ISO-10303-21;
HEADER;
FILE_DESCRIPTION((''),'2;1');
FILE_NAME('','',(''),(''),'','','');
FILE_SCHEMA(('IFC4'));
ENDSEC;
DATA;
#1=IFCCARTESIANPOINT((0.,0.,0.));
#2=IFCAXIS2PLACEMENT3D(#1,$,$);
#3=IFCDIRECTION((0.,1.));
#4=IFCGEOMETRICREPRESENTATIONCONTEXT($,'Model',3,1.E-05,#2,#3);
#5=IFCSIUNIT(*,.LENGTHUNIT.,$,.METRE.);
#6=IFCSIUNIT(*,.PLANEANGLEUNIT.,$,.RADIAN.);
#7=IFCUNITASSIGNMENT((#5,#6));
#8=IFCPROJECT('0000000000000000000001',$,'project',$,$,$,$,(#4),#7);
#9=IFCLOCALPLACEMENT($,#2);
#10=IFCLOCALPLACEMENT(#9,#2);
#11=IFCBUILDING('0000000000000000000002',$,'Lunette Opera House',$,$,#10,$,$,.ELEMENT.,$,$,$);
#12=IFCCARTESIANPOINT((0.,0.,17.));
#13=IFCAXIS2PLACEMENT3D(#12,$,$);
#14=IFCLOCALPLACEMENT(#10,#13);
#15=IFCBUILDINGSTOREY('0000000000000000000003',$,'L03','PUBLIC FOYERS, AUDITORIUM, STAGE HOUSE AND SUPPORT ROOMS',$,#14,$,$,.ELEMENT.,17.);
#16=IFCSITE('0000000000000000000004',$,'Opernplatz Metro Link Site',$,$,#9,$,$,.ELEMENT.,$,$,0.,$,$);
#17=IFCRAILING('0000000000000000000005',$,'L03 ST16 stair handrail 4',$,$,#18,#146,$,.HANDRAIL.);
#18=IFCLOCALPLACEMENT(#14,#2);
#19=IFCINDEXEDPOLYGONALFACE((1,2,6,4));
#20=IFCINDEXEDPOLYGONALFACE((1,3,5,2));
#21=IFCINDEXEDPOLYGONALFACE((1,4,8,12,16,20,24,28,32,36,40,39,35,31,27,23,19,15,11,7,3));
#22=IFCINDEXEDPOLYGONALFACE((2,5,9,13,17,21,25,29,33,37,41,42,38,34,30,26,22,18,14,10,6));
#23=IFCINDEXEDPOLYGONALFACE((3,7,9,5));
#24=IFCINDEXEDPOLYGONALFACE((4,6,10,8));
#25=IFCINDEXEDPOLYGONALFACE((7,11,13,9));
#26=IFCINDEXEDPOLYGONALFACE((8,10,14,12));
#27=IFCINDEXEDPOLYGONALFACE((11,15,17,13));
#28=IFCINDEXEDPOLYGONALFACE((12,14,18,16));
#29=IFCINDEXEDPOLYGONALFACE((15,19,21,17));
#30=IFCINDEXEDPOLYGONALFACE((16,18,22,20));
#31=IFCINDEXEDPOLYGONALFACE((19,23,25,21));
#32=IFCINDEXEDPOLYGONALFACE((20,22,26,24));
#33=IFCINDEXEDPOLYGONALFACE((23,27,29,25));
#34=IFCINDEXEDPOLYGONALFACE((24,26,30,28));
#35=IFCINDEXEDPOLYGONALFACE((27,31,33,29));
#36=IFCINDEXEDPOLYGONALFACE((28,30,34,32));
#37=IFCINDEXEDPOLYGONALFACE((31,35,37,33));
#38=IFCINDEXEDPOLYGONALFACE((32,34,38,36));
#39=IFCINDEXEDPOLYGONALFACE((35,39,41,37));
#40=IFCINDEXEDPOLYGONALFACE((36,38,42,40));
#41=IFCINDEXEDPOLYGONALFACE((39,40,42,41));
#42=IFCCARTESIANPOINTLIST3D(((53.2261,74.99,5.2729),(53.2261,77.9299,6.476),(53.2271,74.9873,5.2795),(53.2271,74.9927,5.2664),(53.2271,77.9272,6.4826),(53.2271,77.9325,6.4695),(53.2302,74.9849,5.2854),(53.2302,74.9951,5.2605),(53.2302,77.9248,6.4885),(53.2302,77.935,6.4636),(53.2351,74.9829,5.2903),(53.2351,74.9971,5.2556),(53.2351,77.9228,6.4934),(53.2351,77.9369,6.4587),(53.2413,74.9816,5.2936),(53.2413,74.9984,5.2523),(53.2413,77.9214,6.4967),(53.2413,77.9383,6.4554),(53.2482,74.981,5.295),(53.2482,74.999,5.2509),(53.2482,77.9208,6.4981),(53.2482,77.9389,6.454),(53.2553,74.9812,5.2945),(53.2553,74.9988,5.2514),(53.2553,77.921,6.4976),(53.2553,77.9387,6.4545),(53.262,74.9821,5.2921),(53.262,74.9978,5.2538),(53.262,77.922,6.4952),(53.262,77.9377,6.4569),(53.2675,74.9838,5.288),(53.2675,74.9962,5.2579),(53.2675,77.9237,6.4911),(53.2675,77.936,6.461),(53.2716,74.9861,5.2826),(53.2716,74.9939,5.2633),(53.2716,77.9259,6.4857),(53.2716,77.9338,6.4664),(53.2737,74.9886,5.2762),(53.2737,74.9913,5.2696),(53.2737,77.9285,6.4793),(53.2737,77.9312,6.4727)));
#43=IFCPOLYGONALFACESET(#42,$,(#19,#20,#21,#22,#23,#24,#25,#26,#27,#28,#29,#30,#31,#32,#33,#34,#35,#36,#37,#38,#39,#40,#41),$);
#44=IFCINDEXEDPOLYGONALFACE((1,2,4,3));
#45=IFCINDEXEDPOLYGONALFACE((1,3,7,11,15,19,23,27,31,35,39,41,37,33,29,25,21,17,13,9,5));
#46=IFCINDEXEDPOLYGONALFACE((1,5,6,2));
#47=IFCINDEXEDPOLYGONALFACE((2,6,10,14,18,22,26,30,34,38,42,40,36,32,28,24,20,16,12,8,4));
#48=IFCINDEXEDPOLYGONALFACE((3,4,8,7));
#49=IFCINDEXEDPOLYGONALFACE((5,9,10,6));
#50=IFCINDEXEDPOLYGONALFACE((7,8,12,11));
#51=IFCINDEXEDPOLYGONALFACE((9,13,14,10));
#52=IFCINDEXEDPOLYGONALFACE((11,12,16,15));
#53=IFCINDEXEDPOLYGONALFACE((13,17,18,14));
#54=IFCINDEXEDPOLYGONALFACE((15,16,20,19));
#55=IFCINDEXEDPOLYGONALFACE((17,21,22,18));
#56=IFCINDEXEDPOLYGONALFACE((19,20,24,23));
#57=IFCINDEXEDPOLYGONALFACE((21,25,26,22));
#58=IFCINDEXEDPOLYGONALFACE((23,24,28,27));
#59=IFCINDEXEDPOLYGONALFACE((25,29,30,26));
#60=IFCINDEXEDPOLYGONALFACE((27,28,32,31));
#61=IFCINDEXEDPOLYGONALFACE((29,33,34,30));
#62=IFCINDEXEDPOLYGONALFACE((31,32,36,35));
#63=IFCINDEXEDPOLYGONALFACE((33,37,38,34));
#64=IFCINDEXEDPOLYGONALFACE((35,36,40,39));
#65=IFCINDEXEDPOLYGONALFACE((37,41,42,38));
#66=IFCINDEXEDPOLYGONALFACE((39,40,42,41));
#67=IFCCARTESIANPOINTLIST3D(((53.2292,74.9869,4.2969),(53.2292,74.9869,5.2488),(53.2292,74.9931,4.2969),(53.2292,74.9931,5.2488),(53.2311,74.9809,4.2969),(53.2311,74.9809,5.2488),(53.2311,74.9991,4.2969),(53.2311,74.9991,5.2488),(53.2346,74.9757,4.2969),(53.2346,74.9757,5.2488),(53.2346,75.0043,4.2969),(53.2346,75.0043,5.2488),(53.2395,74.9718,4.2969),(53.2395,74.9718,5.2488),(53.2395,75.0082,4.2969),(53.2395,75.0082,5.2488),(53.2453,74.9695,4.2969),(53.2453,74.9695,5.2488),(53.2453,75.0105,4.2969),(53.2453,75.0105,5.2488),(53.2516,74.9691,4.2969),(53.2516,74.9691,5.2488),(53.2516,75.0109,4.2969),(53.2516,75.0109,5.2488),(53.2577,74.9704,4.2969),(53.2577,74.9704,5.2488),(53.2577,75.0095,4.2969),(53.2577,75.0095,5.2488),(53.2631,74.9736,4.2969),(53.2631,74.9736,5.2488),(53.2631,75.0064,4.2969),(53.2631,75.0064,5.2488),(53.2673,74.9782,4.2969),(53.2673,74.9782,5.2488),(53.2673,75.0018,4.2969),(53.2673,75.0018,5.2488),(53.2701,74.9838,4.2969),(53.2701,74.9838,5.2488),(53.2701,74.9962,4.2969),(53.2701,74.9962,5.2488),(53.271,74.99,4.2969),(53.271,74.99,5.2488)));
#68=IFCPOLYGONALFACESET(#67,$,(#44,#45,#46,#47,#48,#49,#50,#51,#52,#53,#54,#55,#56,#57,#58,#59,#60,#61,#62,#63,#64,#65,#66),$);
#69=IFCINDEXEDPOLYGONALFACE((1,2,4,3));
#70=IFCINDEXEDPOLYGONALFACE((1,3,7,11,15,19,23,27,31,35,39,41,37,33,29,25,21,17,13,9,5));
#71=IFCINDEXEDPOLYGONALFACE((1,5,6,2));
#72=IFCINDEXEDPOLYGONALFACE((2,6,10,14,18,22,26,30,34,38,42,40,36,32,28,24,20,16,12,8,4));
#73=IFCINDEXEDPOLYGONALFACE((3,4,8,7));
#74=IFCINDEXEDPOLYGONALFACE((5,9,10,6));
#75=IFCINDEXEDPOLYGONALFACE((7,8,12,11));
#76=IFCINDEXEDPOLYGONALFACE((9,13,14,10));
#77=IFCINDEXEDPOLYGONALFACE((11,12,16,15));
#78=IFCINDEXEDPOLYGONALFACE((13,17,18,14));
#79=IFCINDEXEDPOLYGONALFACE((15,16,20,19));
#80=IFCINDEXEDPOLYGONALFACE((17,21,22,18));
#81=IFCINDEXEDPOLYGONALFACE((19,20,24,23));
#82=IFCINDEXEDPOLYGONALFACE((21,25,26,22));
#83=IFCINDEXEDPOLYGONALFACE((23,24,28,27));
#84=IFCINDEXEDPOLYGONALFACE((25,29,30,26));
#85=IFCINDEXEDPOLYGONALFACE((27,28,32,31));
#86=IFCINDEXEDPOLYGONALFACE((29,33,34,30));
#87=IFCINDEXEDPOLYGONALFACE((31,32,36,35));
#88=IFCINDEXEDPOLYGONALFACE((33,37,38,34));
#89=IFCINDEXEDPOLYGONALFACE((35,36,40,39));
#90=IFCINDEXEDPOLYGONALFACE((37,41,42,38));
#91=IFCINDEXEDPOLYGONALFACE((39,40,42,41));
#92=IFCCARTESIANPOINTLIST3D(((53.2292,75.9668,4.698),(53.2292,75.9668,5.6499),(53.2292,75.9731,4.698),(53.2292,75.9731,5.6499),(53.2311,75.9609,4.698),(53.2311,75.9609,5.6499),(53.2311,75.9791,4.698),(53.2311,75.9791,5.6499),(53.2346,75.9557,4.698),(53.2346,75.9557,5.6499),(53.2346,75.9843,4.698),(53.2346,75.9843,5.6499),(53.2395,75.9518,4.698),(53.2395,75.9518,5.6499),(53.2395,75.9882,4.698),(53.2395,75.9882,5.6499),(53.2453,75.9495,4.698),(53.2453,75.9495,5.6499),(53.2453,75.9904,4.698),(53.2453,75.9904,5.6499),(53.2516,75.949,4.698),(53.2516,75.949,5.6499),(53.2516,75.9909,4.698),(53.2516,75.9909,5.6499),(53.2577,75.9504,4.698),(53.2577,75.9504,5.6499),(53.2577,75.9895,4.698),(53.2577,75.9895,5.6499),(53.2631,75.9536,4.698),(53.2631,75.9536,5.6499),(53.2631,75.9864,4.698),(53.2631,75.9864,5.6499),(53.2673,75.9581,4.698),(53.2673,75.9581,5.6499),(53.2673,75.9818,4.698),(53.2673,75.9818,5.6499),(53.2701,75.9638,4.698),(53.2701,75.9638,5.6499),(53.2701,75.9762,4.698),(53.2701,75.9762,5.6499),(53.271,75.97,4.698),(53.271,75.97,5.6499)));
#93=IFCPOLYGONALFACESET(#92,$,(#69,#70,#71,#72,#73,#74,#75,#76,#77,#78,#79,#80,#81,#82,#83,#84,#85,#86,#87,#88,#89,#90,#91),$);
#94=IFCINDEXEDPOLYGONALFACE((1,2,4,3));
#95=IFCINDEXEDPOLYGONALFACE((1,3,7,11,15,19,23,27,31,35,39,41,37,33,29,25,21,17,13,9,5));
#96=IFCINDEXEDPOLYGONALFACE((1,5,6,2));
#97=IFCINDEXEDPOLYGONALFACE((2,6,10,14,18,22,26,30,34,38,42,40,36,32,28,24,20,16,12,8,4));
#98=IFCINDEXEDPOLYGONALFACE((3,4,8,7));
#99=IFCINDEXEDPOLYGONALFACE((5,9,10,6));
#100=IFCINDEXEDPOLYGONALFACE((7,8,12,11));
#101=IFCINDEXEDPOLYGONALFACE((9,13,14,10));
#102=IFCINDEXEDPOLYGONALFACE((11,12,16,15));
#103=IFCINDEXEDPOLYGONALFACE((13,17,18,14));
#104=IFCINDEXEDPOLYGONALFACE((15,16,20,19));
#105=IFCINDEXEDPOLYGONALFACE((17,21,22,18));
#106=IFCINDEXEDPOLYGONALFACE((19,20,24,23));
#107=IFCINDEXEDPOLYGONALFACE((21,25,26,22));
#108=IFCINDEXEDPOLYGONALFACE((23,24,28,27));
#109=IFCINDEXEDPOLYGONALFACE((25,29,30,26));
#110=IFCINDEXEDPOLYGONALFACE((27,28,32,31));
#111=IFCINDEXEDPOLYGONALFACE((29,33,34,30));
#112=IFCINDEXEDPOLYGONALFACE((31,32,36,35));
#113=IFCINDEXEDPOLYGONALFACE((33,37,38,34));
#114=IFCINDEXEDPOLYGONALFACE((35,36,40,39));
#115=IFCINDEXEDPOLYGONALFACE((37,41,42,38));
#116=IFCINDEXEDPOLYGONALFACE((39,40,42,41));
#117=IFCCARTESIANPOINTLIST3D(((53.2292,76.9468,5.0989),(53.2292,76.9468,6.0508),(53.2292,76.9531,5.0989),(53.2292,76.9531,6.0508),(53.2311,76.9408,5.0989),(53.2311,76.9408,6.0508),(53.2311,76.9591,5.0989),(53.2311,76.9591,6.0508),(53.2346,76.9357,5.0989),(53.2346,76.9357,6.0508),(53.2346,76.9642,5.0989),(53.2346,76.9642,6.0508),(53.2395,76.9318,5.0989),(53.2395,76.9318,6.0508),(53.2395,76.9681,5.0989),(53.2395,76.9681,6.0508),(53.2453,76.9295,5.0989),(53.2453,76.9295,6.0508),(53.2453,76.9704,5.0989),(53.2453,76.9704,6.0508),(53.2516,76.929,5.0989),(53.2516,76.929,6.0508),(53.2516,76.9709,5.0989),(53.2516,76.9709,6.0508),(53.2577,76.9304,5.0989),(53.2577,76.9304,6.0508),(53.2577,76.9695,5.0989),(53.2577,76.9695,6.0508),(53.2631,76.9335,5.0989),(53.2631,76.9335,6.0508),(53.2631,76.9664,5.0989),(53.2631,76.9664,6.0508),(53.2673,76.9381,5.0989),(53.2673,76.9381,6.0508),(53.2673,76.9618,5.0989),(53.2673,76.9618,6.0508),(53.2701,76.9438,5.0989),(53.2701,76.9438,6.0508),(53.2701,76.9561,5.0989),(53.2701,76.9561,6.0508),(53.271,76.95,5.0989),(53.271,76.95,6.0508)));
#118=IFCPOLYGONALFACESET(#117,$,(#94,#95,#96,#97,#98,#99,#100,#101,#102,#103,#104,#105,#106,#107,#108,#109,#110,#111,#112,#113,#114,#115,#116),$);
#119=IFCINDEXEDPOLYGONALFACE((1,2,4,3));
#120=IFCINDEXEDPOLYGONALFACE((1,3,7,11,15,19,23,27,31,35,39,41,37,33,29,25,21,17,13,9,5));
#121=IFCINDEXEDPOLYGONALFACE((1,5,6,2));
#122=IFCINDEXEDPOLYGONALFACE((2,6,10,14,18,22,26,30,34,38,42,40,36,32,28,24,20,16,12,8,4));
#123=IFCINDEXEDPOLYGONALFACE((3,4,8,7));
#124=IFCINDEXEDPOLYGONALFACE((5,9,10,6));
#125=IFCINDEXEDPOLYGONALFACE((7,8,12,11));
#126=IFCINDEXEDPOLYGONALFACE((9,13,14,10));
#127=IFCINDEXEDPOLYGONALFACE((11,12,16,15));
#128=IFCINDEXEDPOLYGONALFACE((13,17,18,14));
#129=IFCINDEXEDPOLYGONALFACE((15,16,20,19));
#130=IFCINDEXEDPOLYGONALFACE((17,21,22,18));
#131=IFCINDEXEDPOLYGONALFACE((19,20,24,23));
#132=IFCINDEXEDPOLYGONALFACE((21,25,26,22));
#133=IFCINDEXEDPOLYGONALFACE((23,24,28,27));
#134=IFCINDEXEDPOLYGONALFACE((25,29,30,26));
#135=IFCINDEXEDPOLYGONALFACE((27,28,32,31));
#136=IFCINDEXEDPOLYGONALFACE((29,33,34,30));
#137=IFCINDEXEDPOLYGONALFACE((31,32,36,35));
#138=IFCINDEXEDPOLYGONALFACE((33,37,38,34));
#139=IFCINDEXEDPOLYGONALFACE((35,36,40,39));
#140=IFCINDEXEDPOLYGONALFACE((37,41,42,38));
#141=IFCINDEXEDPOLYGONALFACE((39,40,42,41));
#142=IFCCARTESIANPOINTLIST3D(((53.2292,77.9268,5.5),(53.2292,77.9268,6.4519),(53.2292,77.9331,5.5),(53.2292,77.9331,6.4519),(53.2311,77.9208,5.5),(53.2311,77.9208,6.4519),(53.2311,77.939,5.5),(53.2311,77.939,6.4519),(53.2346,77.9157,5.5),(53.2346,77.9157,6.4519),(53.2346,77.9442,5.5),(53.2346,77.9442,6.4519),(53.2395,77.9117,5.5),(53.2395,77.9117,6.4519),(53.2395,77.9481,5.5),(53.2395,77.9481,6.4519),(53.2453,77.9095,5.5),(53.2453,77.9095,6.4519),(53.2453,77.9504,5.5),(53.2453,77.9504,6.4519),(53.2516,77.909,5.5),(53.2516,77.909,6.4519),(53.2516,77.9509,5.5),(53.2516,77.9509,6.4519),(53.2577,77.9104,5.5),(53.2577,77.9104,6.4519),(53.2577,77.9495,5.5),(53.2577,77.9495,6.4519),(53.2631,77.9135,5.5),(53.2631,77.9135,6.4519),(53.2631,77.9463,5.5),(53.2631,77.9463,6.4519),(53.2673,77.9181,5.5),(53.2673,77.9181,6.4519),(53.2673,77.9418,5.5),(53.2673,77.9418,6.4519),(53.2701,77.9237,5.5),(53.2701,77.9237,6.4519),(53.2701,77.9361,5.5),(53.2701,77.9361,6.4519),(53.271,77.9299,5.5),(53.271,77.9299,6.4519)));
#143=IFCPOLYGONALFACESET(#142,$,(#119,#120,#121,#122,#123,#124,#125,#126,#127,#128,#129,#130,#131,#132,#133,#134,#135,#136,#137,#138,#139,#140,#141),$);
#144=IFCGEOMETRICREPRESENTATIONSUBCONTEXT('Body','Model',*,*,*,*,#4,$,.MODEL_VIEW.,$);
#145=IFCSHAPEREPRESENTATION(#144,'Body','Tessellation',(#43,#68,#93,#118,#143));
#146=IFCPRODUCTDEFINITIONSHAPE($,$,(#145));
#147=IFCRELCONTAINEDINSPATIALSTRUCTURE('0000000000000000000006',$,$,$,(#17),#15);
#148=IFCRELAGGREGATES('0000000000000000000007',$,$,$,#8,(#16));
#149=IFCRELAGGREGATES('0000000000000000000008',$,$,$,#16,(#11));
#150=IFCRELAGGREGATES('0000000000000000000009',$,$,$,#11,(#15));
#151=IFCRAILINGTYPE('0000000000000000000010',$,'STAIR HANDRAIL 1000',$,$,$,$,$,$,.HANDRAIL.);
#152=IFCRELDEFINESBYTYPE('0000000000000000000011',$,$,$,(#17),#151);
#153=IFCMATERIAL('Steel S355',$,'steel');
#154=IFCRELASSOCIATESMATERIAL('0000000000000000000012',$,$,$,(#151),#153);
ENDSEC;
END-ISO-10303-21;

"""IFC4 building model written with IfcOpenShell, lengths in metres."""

from ifc_helpers import new_model, si_unit, direction, frame, origin, origin_2d, place, context, subcontext, project, spatial, circle, extrude, material, type_object, element, save


model = new_model("IFC4")

# Units and contexts
model_context = context("Model", 3, precision=1e-05, world=origin(), true_north=direction((0.0, 1.0)))
body_context = subcontext(model_context, "Body", "Model", "MODEL_VIEW")
ifc_project = project(units=[si_unit("LENGTHUNIT", "METRE"), si_unit("PLANEANGLEUNIT", "RADIAN")], contexts=[model_context])

# Site, building, storey
site_placement = place(None, origin())
site = spatial("IfcSite", under=ifc_project, at=site_placement, Name="Opernplatz Metro Link Site", CompositionType="ELEMENT", RefElevation=0.0)
building_placement = place(site_placement, origin())
building = spatial("IfcBuilding", under=site, at=building_placement, Name="Lunette Opera House", CompositionType="ELEMENT")
storey_placement = place(building_placement, frame((0.0, 0.0, 17.0)))
storey = spatial("IfcBuildingStorey", under=building, at=storey_placement, Name="L03", Description="PUBLIC FOYERS, AUDITORIUM, STAGE HOUSE AND SUPPORT ROOMS", CompositionType="ELEMENT", Elevation=17.0)

# Railing
ifc_material_1 = material(Name="Steel S355", Category="steel")
railing_type_1 = type_object("IfcRailingType", Name="STAIR HANDRAIL 1000", PredefinedType="HANDRAIL", material=ifc_material_1)
railing_1_placement = place(storey_placement, frame((53.25, 74.99, 4.2969)))
element("IfcRailing", 1, at=railing_1_placement, inside=storey, type_object=railing_type_1, Name="L03 ST16 stair handrail 4", PredefinedType="HANDRAIL", context=body_context, shape_type="SweptSolid", body=[
    extrude(circle(Radius=0.0239, at=origin_2d()), frame((0.0, 0.0, 0.9761), z_axis=(0.0, 0.9255, 0.378747), x_axis=(-1.0, 0.0, 0.0)), (0.0, 0.0, 1.0), 3.1765),
    extrude(circle(Radius=0.021, at=origin_2d()), origin(), (0.0, 0.0, 1.0), 0.9519),
    extrude(circle(Radius=0.021, at=origin_2d()), frame((0.0, 0.98, 0.4011)), (0.0, 0.0, 1.0), 0.9519),
    extrude(circle(Radius=0.021, at=origin_2d()), frame((0.0, 1.96, 0.802)), (0.0, 0.0, 1.0), 0.9519),
    extrude(circle(Radius=0.021, at=origin_2d()), frame((0.0, 2.9399, 1.2031)), (0.0, 0.0, 1.0), 0.9519),
])

save(model, "model.ifc")
